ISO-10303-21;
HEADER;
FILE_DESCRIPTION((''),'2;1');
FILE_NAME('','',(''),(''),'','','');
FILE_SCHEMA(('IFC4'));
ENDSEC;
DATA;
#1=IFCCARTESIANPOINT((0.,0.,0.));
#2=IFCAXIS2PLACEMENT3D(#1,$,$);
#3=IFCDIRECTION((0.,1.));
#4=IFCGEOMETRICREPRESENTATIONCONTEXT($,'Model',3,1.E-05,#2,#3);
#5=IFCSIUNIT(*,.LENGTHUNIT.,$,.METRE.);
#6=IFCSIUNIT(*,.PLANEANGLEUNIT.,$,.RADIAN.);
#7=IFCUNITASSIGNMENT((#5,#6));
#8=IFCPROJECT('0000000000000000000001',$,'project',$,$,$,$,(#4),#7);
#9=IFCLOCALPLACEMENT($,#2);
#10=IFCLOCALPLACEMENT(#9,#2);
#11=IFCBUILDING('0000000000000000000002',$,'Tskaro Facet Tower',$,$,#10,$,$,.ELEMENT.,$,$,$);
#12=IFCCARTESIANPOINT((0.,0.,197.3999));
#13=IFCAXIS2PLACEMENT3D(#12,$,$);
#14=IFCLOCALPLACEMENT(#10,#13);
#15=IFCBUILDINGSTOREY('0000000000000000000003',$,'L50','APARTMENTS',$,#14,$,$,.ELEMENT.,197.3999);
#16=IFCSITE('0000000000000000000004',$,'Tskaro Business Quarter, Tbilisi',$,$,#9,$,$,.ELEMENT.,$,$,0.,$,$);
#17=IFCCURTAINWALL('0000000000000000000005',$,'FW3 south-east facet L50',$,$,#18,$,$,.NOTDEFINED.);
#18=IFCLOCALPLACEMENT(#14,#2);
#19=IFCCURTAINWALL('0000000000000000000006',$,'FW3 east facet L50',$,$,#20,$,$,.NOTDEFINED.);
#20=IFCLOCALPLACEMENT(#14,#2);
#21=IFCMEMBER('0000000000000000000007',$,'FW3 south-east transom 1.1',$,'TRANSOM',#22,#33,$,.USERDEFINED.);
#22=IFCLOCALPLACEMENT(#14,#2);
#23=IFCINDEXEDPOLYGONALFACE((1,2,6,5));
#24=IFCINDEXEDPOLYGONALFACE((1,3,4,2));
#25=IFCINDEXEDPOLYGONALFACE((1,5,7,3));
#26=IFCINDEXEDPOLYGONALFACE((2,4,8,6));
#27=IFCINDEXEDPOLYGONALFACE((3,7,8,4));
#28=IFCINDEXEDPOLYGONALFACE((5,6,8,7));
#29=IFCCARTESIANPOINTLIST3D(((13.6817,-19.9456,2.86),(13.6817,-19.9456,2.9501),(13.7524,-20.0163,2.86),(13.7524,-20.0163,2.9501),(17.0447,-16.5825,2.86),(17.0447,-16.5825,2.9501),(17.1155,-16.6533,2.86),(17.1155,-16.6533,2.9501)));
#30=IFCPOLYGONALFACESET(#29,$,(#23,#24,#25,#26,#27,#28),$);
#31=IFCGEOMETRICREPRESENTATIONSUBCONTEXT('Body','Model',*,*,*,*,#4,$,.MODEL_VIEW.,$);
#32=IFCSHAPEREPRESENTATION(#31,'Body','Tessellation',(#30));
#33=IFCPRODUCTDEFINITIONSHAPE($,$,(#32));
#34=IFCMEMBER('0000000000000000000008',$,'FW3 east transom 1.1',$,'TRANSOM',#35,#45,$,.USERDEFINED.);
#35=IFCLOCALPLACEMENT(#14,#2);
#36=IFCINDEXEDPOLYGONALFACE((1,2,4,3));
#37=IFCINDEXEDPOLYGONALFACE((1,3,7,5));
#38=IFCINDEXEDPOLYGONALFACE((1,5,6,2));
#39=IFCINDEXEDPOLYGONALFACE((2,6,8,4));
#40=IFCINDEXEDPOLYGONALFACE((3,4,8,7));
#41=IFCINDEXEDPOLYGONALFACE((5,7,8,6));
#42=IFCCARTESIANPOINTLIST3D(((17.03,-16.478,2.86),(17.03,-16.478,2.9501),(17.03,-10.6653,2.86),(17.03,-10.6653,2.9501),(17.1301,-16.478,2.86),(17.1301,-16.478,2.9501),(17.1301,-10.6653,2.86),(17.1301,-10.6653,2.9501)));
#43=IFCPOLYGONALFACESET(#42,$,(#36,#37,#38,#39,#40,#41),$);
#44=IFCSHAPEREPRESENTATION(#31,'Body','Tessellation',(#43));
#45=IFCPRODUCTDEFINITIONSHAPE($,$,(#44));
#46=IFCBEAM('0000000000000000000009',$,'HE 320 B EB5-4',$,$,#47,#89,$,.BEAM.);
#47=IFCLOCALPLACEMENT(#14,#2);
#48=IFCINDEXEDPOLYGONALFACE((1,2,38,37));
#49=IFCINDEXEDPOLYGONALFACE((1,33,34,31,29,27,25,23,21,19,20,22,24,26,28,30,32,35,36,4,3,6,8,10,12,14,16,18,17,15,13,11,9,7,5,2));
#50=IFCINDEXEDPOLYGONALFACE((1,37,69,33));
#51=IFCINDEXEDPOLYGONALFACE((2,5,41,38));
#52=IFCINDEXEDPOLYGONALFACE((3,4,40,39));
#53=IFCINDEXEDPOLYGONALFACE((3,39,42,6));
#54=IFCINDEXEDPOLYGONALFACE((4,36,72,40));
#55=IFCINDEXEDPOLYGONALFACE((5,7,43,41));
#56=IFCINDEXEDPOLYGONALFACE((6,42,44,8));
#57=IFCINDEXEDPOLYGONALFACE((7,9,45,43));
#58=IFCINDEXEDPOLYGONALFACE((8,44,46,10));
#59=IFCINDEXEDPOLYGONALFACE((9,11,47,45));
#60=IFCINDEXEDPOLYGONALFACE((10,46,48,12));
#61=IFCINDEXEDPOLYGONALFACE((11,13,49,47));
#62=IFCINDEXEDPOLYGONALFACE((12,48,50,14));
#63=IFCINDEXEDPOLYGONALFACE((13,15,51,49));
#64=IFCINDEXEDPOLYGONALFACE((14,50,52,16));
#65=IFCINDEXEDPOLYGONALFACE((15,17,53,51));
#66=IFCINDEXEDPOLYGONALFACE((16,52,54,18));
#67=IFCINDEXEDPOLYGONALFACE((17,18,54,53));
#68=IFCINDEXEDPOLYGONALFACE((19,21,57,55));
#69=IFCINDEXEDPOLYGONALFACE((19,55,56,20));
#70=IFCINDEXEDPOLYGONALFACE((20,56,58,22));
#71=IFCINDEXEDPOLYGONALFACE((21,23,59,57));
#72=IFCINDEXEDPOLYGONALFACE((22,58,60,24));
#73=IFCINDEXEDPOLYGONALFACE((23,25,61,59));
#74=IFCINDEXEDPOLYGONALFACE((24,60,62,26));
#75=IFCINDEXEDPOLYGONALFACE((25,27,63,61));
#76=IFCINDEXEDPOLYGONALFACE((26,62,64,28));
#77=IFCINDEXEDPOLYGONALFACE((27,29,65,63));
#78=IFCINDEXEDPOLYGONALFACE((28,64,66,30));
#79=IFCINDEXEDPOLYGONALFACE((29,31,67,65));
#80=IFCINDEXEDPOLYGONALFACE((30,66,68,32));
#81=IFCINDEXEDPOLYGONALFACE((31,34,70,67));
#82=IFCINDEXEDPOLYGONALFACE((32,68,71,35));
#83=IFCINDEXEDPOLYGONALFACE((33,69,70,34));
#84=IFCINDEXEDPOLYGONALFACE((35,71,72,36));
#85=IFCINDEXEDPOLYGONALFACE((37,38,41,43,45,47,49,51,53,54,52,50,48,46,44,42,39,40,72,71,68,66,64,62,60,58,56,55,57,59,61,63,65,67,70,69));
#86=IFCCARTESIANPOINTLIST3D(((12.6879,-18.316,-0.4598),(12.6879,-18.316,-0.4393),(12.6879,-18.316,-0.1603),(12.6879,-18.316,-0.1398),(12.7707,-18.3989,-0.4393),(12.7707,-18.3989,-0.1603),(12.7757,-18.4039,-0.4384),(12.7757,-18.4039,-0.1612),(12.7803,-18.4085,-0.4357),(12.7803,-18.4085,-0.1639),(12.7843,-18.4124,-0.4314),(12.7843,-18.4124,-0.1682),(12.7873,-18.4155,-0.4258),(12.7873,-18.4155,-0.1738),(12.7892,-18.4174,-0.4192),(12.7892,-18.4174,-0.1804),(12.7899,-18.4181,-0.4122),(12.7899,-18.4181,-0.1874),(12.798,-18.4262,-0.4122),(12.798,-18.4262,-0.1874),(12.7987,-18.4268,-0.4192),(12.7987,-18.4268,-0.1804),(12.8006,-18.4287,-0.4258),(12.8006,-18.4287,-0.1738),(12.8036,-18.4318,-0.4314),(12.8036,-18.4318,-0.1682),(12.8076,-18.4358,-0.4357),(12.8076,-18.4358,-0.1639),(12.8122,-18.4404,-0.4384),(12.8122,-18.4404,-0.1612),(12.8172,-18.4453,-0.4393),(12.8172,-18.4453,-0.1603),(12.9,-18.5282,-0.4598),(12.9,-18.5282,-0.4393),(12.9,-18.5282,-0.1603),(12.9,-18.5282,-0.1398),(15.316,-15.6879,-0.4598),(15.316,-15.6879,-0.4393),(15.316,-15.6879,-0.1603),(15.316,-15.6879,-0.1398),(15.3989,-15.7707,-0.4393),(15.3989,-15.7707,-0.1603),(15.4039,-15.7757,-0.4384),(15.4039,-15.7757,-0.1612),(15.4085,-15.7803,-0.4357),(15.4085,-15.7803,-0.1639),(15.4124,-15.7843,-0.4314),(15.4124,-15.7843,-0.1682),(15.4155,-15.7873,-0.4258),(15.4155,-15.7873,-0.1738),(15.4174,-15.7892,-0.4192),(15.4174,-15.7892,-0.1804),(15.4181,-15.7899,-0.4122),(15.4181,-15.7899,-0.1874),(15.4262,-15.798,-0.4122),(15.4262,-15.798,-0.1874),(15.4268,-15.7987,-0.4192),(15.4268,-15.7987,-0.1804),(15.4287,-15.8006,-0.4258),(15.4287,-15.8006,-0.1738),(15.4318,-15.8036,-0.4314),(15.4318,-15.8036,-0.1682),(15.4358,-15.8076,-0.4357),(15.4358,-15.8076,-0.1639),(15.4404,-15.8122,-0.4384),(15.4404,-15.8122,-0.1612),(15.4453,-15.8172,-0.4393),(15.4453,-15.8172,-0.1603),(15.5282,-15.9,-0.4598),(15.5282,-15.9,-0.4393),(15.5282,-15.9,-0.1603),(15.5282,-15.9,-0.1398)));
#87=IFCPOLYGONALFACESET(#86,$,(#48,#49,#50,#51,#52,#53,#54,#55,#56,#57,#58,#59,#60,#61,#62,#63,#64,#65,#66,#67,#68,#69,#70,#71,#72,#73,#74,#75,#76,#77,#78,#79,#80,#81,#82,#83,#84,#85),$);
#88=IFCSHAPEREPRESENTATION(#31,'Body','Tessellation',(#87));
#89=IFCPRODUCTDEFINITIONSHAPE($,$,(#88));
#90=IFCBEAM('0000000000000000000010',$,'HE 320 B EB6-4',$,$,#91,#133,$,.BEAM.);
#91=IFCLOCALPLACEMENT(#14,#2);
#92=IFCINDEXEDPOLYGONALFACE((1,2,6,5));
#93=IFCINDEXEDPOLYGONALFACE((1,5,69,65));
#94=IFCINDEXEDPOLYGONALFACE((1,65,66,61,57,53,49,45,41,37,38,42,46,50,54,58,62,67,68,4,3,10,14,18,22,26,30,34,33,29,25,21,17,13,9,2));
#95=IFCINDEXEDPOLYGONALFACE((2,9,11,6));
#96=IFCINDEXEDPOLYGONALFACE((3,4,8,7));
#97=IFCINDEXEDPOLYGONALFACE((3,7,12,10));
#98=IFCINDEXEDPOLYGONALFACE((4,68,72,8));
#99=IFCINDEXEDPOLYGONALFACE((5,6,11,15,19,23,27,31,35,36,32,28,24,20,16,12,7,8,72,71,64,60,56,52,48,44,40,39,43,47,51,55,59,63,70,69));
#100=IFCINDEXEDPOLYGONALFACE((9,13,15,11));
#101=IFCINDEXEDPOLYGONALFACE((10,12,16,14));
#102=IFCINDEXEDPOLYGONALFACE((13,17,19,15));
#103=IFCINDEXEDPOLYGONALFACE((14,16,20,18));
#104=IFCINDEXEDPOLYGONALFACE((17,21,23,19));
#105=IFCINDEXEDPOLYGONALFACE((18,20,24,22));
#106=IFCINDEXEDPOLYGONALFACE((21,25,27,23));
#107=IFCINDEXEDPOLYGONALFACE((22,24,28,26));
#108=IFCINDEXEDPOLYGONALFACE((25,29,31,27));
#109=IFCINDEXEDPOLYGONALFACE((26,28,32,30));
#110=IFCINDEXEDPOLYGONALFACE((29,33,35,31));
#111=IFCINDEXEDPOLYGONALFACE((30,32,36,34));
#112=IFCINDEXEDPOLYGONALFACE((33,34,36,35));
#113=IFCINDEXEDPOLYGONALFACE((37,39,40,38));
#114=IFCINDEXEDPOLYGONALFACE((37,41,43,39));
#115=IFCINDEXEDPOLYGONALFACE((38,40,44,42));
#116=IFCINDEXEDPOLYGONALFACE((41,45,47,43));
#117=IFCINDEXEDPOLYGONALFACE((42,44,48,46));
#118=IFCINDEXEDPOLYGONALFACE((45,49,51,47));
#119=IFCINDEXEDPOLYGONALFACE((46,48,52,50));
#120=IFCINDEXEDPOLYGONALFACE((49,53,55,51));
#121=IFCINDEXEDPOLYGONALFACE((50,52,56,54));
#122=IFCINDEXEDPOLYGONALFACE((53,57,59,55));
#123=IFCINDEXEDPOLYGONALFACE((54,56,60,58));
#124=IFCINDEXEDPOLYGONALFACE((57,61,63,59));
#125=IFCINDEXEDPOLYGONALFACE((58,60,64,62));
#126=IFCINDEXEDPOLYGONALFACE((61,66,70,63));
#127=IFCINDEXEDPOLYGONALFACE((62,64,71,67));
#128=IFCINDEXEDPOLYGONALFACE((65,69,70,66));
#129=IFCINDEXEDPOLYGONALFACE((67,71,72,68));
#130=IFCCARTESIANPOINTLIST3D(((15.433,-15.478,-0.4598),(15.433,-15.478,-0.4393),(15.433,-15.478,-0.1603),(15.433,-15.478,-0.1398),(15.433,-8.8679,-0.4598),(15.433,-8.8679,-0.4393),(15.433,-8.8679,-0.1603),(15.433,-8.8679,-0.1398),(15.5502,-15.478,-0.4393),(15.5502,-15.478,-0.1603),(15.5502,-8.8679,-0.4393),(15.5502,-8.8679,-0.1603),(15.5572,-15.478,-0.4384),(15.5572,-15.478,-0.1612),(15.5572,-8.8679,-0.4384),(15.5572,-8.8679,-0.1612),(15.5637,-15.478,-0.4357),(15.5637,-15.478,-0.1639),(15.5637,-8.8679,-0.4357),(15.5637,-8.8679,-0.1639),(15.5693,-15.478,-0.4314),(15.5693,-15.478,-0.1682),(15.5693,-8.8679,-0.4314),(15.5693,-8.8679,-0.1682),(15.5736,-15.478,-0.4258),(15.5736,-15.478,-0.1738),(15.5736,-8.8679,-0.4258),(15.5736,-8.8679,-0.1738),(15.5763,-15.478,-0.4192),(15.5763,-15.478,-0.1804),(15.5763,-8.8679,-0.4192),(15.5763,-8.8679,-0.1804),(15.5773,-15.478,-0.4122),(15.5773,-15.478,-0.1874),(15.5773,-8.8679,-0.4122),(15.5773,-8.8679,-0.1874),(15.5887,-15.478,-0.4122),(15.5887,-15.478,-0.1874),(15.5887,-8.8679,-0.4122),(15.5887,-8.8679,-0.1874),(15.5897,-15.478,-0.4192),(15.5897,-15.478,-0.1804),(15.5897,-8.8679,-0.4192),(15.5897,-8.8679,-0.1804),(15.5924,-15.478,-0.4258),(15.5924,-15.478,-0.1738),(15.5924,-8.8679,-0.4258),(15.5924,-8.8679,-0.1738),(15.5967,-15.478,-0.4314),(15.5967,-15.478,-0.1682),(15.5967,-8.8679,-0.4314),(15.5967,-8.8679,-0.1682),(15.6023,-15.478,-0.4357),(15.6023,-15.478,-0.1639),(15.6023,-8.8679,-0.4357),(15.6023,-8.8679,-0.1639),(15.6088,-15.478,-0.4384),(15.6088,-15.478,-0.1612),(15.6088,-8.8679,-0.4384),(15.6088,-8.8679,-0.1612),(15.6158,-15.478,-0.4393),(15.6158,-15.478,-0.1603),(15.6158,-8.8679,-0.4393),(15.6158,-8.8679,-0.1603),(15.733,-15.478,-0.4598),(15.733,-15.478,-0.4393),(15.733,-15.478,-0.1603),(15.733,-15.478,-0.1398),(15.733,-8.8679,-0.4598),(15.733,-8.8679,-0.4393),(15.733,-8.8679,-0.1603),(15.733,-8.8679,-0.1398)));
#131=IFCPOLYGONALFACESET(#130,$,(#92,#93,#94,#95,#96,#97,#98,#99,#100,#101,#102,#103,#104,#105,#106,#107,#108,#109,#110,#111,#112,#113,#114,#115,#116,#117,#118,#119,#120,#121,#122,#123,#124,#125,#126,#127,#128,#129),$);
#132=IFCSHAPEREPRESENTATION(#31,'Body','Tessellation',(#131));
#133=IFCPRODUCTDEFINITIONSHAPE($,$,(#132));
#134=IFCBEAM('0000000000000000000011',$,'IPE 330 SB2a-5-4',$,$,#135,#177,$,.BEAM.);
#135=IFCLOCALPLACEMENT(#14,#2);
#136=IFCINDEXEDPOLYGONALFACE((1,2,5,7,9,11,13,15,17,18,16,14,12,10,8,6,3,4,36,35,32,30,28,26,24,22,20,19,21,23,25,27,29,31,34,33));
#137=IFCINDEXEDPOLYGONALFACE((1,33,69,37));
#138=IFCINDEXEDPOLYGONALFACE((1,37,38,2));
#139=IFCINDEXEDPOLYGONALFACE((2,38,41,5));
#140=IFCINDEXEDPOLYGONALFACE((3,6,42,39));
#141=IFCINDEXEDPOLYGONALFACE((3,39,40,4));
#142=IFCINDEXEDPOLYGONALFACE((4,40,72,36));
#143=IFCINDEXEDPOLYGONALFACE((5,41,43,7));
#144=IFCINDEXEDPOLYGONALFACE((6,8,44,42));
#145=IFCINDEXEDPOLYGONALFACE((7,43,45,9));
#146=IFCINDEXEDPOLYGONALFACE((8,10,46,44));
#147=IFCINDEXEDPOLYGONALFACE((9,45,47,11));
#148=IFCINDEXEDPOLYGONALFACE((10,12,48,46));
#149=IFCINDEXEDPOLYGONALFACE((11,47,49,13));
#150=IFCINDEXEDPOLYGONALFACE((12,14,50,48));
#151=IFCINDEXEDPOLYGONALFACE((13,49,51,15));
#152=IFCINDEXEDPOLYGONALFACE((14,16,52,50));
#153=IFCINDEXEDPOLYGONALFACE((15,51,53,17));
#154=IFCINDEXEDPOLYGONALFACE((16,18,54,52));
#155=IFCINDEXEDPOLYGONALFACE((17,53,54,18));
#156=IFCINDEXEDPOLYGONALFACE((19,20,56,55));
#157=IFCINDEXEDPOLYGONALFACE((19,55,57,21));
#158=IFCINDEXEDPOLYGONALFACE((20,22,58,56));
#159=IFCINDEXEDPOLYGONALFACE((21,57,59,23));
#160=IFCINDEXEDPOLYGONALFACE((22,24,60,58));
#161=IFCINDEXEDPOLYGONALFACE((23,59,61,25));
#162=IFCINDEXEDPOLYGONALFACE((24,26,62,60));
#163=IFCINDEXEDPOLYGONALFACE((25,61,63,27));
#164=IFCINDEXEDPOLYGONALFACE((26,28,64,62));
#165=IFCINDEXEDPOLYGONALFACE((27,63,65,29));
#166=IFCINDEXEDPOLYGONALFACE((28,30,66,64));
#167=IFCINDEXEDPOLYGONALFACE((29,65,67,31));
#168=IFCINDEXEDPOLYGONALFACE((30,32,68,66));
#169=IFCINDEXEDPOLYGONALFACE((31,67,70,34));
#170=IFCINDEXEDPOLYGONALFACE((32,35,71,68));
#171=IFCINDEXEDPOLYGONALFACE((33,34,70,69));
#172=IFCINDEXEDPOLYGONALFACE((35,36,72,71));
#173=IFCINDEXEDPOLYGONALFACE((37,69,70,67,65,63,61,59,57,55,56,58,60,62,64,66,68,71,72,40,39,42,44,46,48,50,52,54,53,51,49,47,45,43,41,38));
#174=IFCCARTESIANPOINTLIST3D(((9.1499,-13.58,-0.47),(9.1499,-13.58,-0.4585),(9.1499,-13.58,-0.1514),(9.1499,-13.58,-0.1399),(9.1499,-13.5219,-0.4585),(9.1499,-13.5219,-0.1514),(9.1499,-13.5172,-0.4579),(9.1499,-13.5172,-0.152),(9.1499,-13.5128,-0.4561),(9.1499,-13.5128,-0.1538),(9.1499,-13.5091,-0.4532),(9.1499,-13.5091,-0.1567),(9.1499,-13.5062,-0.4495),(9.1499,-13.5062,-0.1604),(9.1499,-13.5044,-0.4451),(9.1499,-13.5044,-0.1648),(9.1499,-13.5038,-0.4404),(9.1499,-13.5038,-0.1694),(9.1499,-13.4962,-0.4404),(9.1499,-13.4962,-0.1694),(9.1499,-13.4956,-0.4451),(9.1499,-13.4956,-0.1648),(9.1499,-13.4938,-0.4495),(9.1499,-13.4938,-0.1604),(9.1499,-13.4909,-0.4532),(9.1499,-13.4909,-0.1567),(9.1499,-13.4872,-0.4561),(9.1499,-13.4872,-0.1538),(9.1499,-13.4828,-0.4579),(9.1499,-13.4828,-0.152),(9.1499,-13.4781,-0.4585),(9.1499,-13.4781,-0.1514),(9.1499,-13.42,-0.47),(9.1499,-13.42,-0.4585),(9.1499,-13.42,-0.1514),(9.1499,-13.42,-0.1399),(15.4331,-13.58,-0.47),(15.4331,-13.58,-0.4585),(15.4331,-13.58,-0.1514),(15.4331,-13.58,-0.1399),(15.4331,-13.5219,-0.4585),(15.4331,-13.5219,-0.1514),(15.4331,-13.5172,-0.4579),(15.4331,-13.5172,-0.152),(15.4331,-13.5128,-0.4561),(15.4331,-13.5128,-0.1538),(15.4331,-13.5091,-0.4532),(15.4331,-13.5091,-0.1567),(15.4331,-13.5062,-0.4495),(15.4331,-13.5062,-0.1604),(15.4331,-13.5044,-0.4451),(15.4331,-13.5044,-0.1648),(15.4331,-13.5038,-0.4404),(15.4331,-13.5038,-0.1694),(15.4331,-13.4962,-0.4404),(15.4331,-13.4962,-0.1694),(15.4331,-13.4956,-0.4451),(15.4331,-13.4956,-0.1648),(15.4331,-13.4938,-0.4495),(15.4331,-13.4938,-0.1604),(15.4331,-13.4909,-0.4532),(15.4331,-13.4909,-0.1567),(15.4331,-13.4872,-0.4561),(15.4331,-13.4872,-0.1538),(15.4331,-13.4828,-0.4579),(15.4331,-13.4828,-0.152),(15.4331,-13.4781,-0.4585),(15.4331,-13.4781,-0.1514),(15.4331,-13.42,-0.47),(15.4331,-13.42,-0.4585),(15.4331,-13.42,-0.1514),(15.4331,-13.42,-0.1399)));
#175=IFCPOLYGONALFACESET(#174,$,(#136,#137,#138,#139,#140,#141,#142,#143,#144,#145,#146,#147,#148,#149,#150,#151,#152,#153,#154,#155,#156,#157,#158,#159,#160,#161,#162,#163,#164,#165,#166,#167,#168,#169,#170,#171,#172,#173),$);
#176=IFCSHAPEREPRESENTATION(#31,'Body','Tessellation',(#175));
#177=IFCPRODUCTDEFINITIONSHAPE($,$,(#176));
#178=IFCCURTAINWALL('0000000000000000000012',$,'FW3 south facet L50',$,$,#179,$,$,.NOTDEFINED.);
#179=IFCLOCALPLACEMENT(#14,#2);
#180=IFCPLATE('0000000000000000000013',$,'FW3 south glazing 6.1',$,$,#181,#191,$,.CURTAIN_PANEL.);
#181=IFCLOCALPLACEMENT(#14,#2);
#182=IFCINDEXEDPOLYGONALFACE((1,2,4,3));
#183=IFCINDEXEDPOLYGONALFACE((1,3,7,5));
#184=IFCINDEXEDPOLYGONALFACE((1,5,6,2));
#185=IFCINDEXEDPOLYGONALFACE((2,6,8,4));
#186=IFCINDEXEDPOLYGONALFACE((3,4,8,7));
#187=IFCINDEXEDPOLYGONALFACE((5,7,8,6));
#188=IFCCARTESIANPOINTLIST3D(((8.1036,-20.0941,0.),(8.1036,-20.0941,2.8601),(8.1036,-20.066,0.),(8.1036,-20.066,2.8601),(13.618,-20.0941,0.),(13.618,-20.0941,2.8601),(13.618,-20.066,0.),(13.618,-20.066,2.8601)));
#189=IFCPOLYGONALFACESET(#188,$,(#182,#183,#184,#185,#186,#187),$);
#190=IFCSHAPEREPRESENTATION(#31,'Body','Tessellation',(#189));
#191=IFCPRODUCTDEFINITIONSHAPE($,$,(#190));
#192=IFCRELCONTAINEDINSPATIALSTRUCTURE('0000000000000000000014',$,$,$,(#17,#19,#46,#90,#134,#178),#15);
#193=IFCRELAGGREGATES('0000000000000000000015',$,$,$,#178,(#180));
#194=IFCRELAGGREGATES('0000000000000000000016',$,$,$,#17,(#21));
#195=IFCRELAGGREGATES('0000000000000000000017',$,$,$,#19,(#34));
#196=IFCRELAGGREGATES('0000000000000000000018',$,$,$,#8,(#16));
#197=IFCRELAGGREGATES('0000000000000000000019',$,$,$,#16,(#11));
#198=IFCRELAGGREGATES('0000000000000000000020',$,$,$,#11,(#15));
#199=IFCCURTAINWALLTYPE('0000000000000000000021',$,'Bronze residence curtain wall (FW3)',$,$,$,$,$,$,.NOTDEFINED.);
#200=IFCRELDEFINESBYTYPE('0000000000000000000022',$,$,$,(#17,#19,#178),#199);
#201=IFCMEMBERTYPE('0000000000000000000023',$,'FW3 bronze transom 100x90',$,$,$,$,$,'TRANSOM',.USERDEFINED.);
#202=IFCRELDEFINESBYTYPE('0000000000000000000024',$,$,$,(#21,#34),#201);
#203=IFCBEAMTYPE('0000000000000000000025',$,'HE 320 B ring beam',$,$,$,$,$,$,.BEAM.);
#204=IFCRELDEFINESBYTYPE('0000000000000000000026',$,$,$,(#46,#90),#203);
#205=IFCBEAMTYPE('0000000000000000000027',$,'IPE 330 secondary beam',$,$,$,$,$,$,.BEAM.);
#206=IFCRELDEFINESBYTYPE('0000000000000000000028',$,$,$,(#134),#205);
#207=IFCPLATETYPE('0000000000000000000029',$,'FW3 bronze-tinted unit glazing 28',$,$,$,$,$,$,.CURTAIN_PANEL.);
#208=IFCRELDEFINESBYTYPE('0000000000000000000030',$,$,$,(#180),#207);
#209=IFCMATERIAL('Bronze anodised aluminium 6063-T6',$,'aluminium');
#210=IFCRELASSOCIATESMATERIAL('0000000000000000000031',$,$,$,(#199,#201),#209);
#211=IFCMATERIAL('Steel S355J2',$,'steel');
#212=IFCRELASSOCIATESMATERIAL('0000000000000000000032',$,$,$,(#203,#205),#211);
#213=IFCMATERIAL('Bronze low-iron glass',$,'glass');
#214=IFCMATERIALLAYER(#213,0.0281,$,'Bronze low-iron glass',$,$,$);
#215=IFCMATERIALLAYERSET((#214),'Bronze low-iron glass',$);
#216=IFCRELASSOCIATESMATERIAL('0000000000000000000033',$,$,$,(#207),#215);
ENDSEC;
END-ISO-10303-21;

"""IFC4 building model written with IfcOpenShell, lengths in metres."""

from ifc_helpers import new_model, si_unit, direction, frame, origin, origin_2d, place, context, subcontext, project, spatial, rectangle, i_section, extrude, material, layer, layer_set, material_profile, profile_set, type_object, element, aggregate, save


model = new_model("IFC4")

# Units and contexts
model_context = context("Model", 3, precision=1e-05, world=origin(), true_north=direction((0.0, 1.0)))
body_context = subcontext(model_context, "Body", "Model", "MODEL_VIEW")
ifc_project = project(units=[si_unit("LENGTHUNIT", "METRE"), si_unit("PLANEANGLEUNIT", "RADIAN")], contexts=[model_context])

# Site, building, storey
site_placement = place(None, origin())
site = spatial("IfcSite", under=ifc_project, at=site_placement, Name="Tskaro Business Quarter, Tbilisi", CompositionType="ELEMENT", RefElevation=0.0)
building_placement = place(site_placement, origin())
building = spatial("IfcBuilding", under=site, at=building_placement, Name="Tskaro Facet Tower", CompositionType="ELEMENT")
storey_placement = place(building_placement, frame((0.0, 0.0, 197.3999)))
storey = spatial("IfcBuildingStorey", under=building, at=storey_placement, Name="L50", Description="APARTMENTS", CompositionType="ELEMENT", Elevation=197.3999)

# Curtain walls
ifc_material_1 = material(Name="Bronze anodised aluminium 6063-T6", Category="aluminium")
curtain_wall_type = type_object("IfcCurtainWallType", Name="Bronze residence curtain wall (FW3)", PredefinedType="NOTDEFINED", material=ifc_material_1)
curtain_wall_1_placement = place(storey_placement, origin())
curtain_wall_1 = element("IfcCurtainWall", 1, at=curtain_wall_1_placement, inside=storey, type_object=curtain_wall_type, Name="FW3 south-east facet L50", PredefinedType="NOTDEFINED")
curtain_wall_2_placement = place(storey_placement, origin())
curtain_wall_2 = element("IfcCurtainWall", 2, at=curtain_wall_2_placement, inside=storey, type_object=curtain_wall_type, Name="FW3 east facet L50", PredefinedType="NOTDEFINED")

# Members
ifc_material_profile_1 = material_profile(ifc_material_1, rectangle(XDim=0.1001, YDim=0.0901, at=origin_2d()), Name="Transom 100x90")
ifc_profile_set_1 = profile_set([ifc_material_profile_1], Name="Bronze anodised aluminium 6063-T6")
member_type_1 = type_object("IfcMemberType", Name="FW3 bronze transom 100x90", ElementType="TRANSOM", PredefinedType="USERDEFINED", material=ifc_profile_set_1)
member_1_placement = place(storey_placement, frame((13.717, -19.981, 2.905), z_axis=(0.707107, 0.707107, 0.0), x_axis=(-0.707107, 0.707107, 0.0)))
member_1 = element("IfcMember", 3, at=member_1_placement, type_object=member_type_1, Name="FW3 south-east transom 1.1", ObjectType="TRANSOM", PredefinedType="USERDEFINED", context=body_context, shape_type="SweptSolid", body=[
    extrude(rectangle(XDim=0.1001, YDim=0.0901, at=origin_2d()), origin(), (0.0, 0.0, 1.0), 4.7561),
])
member_2_placement = place(storey_placement, frame((17.0801, -16.478, 2.905), z_axis=(0.0, 1.0, 0.0), x_axis=(-1.0, 0.0, 0.0)))
member_2 = element("IfcMember", 4, at=member_2_placement, type_object=member_type_1, Name="FW3 east transom 1.1", ObjectType="TRANSOM", PredefinedType="USERDEFINED", context=body_context, shape_type="SweptSolid", body=[
    extrude(rectangle(XDim=0.1001, YDim=0.0901, at=origin_2d()), origin(), (0.0, 0.0, 1.0), 5.8127),
])

# Beams
ifc_material_2 = material(Name="Steel S355J2", Category="steel")
ifc_material_profile_2 = material_profile(ifc_material_2, i_section(OverallWidth=0.3, OverallDepth=0.3201, WebThickness=0.0115, FlangeThickness=0.0205, FilletRadius=0.0271, at=origin_2d()), Name="HE 320 B")
ifc_profile_set_2 = profile_set([ifc_material_profile_2], Name="Steel S355J2")
beam_type_1 = type_object("IfcBeamType", Name="HE 320 B ring beam", PredefinedType="BEAM", material=ifc_profile_set_2)
beam_1_placement = place(storey_placement, frame((12.7939, -18.4221, -0.2998), z_axis=(0.707107, 0.707107, 0.0), x_axis=(-0.707107, 0.707107, 0.0)))
element("IfcBeam", 5, at=beam_1_placement, inside=storey, type_object=beam_type_1, Name="HE 320 B EB5-4", PredefinedType="BEAM", context=body_context, shape_type="SweptSolid", body=[
    extrude(i_section(OverallWidth=0.3, OverallDepth=0.3201, WebThickness=0.0115, FlangeThickness=0.0205, FilletRadius=0.0271, at=origin_2d()), origin(), (0.0, 0.0, 1.0), 3.7168),
])
beam_2_placement = place(storey_placement, frame((15.583, -15.478, -0.2998), z_axis=(0.0, 1.0, 0.0), x_axis=(-1.0, 0.0, 0.0)))
element("IfcBeam", 6, at=beam_2_placement, inside=storey, type_object=beam_type_1, Name="HE 320 B EB6-4", PredefinedType="BEAM", context=body_context, shape_type="SweptSolid", body=[
    extrude(i_section(OverallWidth=0.3, OverallDepth=0.3201, WebThickness=0.0115, FlangeThickness=0.0205, FilletRadius=0.0271, at=origin_2d()), origin(), (0.0, 0.0, 1.0), 6.6101),
])
ifc_material_profile_3 = material_profile(ifc_material_2, i_section(OverallWidth=0.1599, OverallDepth=0.3301, WebThickness=0.0076, FlangeThickness=0.0115, FilletRadius=0.0181, at=origin_2d()), Name="IPE 330")
ifc_profile_set_3 = profile_set([ifc_material_profile_3], Name="Steel S355J2")
beam_type_2 = type_object("IfcBeamType", Name="IPE 330 secondary beam", PredefinedType="BEAM", material=ifc_profile_set_3)
beam_3_placement = place(storey_placement, frame((9.1499, -13.5, -0.3049), z_axis=(1.0, 0.0, 0.0), x_axis=(0.0, 1.0, 0.0)))
element("IfcBeam", 7, at=beam_3_placement, inside=storey, type_object=beam_type_2, Name="IPE 330 SB2a-5-4", PredefinedType="BEAM", context=body_context, shape_type="SweptSolid", body=[
    extrude(i_section(OverallWidth=0.1599, OverallDepth=0.3301, WebThickness=0.0076, FlangeThickness=0.0115, FilletRadius=0.0181, at=origin_2d()), origin(), (0.0, 0.0, 1.0), 6.2832),
])

# Curtain wall, plate
curtain_wall_3_placement = place(storey_placement, origin())
curtain_wall_3 = element("IfcCurtainWall", 8, at=curtain_wall_3_placement, inside=storey, type_object=curtain_wall_type, Name="FW3 south facet L50", PredefinedType="NOTDEFINED")
ifc_material_3 = material(Name="Bronze low-iron glass", Category="glass")
ifc_layer_1 = layer(ifc_material_3, 0.0281, Name="Bronze low-iron glass")
ifc_layer_set_1 = layer_set([ifc_layer_1], Name="Bronze low-iron glass")
plate_type = type_object("IfcPlateType", Name="FW3 bronze-tinted unit glazing 28", PredefinedType="CURTAIN_PANEL", material=ifc_layer_set_1)
plate_1_placement = place(storey_placement, frame((10.8608, -20.0801, 0.0), z_axis=(0.0, 0.0, 1.0), x_axis=(1.0, 0.0, 0.0)))
plate_1 = element("IfcPlate", 9, at=plate_1_placement, type_object=plate_type, Name="FW3 south glazing 6.1", PredefinedType="CURTAIN_PANEL", context=body_context, shape_type="SweptSolid", body=[
    extrude(rectangle(XDim=5.5144, YDim=0.0281, at=origin_2d()), origin(), (0.0, 0.0, 1.0), 2.8601),
])
aggregate(curtain_wall_3, [plate_1])

aggregate(curtain_wall_1, [member_1])
aggregate(curtain_wall_2, [member_2])

save(model, "model.ifc")
